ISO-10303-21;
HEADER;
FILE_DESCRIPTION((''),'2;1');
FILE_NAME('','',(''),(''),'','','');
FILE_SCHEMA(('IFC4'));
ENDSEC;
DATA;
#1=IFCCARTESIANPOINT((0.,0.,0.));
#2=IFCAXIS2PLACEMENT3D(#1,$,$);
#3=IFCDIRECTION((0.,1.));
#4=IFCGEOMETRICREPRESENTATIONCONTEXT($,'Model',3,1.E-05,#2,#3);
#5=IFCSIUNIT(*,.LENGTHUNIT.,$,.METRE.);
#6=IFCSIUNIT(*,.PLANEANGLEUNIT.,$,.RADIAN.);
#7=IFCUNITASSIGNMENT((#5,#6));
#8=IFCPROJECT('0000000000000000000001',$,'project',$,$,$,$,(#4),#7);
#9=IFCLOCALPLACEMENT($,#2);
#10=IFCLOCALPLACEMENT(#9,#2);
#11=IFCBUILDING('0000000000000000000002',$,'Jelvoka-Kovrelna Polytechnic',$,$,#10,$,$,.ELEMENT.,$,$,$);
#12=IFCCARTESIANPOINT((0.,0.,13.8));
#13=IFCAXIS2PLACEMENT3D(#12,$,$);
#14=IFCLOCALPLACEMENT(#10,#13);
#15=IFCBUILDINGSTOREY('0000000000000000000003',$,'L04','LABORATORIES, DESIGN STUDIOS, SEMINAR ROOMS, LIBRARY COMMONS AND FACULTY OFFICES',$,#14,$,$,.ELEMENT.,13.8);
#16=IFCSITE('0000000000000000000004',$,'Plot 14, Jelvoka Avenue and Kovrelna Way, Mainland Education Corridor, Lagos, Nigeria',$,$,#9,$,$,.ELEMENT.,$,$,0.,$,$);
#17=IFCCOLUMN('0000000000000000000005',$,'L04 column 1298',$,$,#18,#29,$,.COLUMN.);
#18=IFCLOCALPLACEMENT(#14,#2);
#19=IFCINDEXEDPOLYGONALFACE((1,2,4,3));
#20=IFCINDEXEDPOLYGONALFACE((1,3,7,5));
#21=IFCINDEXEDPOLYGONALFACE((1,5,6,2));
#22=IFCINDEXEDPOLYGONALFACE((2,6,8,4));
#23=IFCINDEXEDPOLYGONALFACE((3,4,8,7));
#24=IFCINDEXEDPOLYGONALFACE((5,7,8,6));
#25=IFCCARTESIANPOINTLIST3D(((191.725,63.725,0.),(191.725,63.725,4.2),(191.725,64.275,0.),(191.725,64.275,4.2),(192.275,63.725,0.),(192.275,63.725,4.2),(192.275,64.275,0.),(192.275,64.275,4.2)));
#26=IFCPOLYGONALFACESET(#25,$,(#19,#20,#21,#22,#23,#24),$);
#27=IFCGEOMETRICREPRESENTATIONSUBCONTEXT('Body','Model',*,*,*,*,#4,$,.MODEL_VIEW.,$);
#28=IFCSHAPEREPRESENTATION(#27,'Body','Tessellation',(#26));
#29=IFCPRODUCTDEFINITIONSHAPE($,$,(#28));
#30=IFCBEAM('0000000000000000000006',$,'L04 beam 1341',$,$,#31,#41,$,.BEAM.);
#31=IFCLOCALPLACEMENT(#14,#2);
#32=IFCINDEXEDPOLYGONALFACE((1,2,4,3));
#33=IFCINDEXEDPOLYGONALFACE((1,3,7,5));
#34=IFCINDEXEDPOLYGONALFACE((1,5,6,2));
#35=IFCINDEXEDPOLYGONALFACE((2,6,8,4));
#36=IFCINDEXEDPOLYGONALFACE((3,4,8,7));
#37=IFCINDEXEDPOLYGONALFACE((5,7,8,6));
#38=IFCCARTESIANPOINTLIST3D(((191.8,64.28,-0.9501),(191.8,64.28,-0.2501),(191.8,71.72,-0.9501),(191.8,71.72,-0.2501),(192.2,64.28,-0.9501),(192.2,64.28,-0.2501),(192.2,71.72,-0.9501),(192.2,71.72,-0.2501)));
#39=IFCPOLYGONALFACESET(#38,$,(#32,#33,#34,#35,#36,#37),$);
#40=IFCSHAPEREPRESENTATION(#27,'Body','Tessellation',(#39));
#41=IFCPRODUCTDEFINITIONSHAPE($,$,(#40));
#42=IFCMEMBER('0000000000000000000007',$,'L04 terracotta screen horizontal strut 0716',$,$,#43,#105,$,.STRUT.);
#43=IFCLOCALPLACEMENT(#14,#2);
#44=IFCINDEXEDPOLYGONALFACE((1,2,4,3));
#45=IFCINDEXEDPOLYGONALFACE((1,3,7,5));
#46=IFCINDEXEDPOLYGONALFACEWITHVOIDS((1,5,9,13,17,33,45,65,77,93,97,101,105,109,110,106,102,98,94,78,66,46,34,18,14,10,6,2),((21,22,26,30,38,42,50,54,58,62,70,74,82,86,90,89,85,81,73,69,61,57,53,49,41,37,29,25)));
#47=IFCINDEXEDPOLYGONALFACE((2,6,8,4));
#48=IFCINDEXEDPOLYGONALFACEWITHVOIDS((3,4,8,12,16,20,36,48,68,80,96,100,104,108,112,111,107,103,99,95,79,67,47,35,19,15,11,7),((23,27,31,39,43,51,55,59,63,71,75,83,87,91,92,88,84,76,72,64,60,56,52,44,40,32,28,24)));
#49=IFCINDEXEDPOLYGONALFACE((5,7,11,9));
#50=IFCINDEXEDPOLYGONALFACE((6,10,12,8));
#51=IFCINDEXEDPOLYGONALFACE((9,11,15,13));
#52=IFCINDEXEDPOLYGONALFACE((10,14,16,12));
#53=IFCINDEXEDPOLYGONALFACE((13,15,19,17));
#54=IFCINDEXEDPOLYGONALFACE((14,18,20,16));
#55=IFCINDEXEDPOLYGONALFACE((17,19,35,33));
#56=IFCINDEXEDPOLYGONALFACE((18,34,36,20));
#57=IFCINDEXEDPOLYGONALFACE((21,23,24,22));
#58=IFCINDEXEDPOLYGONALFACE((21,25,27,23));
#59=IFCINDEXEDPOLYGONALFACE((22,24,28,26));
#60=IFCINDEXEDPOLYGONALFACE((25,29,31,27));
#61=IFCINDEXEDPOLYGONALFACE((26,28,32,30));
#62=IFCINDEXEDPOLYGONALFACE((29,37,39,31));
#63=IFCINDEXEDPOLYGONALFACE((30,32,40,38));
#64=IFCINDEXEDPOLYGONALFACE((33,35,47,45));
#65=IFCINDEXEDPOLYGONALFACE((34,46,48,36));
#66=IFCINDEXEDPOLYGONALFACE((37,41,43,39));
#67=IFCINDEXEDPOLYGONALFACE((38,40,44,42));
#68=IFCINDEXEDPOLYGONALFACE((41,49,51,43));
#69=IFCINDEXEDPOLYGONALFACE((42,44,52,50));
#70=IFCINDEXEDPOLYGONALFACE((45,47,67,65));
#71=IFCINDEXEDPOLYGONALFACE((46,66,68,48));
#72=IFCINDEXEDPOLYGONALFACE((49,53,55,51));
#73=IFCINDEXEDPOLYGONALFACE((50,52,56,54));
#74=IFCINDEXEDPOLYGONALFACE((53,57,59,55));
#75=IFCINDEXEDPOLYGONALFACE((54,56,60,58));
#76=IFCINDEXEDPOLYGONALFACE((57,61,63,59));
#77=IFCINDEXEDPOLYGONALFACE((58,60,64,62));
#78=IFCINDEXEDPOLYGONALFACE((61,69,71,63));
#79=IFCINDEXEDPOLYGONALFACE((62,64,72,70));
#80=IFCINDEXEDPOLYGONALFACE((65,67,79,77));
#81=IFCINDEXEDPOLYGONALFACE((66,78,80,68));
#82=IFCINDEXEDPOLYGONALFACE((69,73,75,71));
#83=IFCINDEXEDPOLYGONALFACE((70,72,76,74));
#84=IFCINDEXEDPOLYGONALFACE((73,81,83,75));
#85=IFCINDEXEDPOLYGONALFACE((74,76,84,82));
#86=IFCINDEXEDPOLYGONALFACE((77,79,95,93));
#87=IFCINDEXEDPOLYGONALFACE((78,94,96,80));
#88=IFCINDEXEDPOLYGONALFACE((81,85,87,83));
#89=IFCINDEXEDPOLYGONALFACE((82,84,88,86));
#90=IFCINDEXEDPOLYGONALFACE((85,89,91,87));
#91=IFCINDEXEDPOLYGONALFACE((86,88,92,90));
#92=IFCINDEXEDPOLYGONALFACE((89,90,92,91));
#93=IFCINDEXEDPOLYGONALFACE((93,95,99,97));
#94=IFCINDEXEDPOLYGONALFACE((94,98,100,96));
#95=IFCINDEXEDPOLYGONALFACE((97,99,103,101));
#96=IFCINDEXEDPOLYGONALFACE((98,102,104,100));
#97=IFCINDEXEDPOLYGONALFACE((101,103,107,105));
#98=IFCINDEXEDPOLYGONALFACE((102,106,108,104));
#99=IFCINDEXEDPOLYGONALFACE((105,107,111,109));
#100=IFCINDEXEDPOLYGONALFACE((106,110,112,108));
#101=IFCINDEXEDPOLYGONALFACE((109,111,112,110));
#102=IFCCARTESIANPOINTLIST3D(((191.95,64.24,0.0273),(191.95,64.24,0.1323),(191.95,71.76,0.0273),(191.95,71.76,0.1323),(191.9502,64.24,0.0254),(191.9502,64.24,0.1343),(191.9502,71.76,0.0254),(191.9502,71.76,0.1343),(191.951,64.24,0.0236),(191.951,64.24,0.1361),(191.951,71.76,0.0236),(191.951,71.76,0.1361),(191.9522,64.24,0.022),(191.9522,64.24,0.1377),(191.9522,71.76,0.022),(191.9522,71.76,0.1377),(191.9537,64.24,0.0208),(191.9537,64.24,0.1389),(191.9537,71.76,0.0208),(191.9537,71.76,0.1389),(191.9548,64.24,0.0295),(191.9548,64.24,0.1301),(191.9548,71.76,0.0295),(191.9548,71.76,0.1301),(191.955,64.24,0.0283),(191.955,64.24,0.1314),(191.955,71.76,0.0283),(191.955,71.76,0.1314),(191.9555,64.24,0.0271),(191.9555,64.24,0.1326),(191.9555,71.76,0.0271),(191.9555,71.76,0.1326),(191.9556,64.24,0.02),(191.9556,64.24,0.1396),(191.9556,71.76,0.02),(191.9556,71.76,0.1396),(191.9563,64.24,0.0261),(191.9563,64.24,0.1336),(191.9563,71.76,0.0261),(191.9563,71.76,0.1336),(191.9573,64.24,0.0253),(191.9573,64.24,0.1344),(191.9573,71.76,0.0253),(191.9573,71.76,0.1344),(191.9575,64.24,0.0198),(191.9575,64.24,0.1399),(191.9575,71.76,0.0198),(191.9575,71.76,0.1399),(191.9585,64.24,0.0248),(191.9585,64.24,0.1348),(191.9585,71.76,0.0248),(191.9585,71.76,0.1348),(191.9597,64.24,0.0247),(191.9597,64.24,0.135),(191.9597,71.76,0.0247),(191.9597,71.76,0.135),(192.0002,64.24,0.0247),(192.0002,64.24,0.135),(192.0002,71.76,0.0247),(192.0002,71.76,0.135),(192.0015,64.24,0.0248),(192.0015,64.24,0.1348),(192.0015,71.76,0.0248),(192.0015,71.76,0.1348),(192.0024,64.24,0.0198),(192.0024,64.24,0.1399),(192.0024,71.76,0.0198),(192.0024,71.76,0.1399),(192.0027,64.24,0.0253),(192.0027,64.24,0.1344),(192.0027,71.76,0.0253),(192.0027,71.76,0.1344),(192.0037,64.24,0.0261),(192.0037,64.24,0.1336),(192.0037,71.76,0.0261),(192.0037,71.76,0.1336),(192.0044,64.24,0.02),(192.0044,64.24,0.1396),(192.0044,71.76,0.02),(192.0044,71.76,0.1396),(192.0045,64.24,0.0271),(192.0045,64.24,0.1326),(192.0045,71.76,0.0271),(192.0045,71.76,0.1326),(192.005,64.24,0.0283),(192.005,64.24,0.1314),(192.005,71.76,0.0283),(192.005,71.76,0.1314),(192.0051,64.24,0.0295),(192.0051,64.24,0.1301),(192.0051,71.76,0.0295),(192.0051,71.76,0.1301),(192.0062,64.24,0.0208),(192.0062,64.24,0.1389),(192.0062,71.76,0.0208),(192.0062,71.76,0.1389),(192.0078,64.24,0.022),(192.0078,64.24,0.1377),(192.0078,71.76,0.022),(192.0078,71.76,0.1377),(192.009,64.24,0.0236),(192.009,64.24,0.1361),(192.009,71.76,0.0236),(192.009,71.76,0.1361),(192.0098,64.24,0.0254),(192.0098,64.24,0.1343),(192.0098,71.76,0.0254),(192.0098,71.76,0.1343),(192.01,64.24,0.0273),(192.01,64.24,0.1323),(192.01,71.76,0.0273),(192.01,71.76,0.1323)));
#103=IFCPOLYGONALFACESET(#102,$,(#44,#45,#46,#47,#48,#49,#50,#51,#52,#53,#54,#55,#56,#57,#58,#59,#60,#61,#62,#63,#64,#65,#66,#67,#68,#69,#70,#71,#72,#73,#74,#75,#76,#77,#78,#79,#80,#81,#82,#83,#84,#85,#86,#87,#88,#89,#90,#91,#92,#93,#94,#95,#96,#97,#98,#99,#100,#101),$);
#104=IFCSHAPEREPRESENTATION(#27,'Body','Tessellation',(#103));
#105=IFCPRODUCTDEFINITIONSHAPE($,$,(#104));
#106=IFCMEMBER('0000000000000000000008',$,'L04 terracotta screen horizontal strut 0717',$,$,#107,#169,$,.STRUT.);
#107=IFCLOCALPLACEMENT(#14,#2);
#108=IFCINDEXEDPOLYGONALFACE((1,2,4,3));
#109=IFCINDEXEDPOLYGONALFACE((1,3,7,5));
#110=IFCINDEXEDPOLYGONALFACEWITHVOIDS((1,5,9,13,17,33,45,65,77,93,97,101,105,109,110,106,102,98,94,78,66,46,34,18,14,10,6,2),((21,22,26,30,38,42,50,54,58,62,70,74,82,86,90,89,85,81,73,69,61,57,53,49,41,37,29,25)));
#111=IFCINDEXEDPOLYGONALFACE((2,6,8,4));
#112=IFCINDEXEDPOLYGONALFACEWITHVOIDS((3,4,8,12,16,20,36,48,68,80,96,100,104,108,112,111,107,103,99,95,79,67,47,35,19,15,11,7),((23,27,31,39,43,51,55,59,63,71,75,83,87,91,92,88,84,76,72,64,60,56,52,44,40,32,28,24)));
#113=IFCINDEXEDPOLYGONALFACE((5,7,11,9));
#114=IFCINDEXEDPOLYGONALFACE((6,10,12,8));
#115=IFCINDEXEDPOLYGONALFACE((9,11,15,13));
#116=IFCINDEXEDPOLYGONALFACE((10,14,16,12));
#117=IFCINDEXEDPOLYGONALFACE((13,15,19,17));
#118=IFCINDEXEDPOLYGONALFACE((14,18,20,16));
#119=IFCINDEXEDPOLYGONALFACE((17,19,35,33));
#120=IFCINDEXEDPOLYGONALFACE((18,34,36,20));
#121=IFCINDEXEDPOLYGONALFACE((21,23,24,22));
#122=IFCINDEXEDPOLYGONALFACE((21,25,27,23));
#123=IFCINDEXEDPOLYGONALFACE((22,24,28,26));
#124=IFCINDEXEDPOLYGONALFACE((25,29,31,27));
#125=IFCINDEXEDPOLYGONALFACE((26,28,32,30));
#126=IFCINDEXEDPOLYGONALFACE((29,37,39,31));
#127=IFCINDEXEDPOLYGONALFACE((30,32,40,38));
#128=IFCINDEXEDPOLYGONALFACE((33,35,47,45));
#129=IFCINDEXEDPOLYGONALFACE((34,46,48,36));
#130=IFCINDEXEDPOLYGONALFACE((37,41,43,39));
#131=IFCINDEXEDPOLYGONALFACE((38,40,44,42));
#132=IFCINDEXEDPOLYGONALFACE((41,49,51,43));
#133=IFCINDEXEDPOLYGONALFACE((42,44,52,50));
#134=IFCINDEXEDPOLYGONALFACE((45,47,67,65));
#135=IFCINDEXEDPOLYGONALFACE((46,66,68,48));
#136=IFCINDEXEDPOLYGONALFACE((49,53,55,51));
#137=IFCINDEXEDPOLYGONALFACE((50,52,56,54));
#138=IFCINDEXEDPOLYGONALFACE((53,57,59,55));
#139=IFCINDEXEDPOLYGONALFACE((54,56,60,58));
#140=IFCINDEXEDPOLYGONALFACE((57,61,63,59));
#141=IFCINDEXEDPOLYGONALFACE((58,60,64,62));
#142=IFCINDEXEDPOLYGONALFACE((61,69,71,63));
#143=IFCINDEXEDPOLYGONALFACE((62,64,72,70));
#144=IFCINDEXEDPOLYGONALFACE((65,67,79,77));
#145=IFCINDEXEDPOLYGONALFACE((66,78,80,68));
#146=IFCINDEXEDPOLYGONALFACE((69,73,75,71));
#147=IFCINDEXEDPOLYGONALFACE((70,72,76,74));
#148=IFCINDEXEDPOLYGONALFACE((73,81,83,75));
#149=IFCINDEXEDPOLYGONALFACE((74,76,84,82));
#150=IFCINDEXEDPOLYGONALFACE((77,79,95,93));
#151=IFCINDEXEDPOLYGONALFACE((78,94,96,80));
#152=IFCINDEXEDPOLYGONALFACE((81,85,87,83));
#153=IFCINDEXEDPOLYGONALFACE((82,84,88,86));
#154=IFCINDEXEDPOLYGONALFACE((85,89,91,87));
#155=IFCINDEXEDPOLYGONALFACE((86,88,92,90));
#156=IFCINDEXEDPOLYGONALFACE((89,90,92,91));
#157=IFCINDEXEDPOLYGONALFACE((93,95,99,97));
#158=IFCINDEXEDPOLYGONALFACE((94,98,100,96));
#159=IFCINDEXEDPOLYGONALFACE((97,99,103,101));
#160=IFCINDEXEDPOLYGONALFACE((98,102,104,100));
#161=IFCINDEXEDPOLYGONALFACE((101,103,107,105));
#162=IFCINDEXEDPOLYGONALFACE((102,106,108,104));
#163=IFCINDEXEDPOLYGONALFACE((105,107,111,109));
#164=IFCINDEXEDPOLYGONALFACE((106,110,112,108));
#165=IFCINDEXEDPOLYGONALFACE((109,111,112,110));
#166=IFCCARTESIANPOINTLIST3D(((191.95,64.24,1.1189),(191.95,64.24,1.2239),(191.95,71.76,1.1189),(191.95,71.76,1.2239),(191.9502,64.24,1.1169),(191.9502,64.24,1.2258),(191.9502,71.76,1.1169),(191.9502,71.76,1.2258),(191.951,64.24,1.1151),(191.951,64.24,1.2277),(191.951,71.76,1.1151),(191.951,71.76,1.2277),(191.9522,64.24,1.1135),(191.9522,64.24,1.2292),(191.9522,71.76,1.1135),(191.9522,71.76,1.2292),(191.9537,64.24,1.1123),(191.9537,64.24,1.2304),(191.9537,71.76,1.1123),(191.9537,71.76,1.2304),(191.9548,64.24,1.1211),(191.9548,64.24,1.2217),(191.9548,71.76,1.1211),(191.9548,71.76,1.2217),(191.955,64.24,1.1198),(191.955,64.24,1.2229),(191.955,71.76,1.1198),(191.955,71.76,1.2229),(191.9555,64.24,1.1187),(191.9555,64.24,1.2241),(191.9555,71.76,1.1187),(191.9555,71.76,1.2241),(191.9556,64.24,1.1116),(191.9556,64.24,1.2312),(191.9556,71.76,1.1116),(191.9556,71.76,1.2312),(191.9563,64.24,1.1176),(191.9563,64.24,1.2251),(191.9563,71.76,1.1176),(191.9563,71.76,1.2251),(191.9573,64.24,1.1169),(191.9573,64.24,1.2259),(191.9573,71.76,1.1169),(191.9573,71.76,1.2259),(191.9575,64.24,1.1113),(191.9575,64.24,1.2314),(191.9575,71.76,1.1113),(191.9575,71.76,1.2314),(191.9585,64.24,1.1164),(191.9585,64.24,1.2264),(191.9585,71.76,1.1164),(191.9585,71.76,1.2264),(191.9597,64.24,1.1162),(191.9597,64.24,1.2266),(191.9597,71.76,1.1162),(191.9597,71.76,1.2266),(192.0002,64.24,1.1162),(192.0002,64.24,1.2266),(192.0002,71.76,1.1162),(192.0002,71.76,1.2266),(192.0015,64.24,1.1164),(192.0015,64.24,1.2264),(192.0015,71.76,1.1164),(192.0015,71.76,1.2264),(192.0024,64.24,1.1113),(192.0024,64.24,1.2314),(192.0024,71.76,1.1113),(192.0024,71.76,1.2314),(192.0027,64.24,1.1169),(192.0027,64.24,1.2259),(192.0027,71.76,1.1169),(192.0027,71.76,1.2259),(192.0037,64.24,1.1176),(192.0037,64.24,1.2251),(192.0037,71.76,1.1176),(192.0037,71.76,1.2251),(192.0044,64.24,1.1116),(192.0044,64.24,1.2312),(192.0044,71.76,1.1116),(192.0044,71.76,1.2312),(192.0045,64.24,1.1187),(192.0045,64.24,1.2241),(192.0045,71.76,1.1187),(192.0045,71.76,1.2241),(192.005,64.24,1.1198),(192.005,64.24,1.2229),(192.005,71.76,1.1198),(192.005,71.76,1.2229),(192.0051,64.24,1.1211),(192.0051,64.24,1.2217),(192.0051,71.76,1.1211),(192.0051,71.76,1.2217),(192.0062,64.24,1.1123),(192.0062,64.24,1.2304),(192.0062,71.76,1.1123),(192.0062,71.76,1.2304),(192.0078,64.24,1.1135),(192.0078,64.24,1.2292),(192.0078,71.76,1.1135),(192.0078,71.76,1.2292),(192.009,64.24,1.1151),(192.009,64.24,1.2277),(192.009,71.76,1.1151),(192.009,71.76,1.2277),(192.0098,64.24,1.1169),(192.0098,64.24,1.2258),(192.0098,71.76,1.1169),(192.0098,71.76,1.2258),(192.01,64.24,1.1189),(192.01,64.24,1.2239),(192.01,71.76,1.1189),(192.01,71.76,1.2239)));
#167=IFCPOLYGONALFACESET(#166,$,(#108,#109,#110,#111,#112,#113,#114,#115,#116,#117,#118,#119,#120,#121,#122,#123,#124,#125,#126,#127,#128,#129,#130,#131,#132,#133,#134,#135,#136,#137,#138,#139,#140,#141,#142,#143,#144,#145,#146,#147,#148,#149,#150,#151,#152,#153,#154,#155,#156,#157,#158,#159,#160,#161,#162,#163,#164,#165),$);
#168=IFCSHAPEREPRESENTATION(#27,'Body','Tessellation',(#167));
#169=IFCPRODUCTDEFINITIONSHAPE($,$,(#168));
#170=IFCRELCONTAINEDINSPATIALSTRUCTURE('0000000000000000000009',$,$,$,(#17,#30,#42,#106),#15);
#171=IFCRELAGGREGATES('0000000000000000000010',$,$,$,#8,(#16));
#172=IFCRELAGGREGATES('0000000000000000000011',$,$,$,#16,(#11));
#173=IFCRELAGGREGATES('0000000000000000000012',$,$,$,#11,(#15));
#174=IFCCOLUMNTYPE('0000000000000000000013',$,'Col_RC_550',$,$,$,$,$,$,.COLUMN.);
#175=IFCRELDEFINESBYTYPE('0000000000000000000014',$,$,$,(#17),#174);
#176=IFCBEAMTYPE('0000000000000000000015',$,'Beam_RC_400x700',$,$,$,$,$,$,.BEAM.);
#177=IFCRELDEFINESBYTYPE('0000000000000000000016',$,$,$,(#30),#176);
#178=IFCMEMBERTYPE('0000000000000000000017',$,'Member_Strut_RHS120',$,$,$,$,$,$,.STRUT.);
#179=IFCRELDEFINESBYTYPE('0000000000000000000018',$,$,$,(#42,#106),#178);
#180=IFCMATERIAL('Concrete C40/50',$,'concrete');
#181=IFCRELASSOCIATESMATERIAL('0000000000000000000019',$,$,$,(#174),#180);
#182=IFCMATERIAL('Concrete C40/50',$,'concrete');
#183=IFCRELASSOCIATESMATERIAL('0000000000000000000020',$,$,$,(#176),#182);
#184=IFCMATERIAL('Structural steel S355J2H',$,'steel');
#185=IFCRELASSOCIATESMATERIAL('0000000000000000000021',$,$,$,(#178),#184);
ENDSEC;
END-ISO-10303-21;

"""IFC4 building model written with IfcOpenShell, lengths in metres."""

from ifc_helpers import new_model, si_unit, direction, frame, origin, origin_2d, place, context, subcontext, project, spatial, rectangle, hollow_rectangle, extrude, material, material_profile, profile_set, type_object, element, save


model = new_model("IFC4")

# Units and contexts
model_context = context("Model", 3, precision=1e-05, world=origin(), true_north=direction((0.0, 1.0)))
body_context = subcontext(model_context, "Body", "Model", "MODEL_VIEW")
ifc_project = project(units=[si_unit("LENGTHUNIT", "METRE"), si_unit("PLANEANGLEUNIT", "RADIAN")], contexts=[model_context])

# Site, building, storey
site_placement = place(None, origin())
site = spatial("IfcSite", under=ifc_project, at=site_placement, Name="Plot 14, Jelvoka Avenue and Kovrelna Way, Mainland Education Corridor, Lagos, Nigeria", CompositionType="ELEMENT", RefElevation=0.0)
building_placement = place(site_placement, origin())
building = spatial("IfcBuilding", under=site, at=building_placement, Name="Jelvoka-Kovrelna Polytechnic", CompositionType="ELEMENT")
storey_placement = place(building_placement, frame((0.0, 0.0, 13.8)))
storey = spatial("IfcBuildingStorey", under=building, at=storey_placement, Name="L04", Description="LABORATORIES, DESIGN STUDIOS, SEMINAR ROOMS, LIBRARY COMMONS AND FACULTY OFFICES", CompositionType="ELEMENT", Elevation=13.8)

# Column
ifc_material_1 = material(Name="Concrete C40/50", Category="concrete")
ifc_material_profile_1 = material_profile(ifc_material_1, rectangle(XDim=0.55, YDim=0.55, at=origin_2d()), Name="RC 550x550")
ifc_profile_set_1 = profile_set([ifc_material_profile_1], Name="Concrete C40/50")
column_type = type_object("IfcColumnType", Name="Col_RC_550", PredefinedType="COLUMN", material=ifc_profile_set_1)
column_placement = place(storey_placement, frame((192.0, 64.0, 0.0), z_axis=(0.0, 0.0, 1.0), x_axis=(1.0, 0.0, 0.0)))
element("IfcColumn", 1, at=column_placement, inside=storey, type_object=column_type, Name="L04 column 1298", PredefinedType="COLUMN", context=body_context, shape_type="SweptSolid", body=[
    extrude(rectangle(XDim=0.55, YDim=0.55, at=origin_2d()), origin(), (0.0, 0.0, 1.0), 4.2),
])

# Beam
ifc_material_2 = material(Name="Concrete C40/50", Category="concrete")
ifc_material_profile_2 = material_profile(ifc_material_2, rectangle(XDim=0.3999, YDim=0.7, at=origin_2d()), Name="RC 400x700")
ifc_profile_set_2 = profile_set([ifc_material_profile_2], Name="Concrete C40/50")
beam_type = type_object("IfcBeamType", Name="Beam_RC_400x700", PredefinedType="BEAM", material=ifc_profile_set_2)
beam_placement = place(storey_placement, frame((192.0, 64.28, -0.6001), z_axis=(0.0, 1.0, 0.0), x_axis=(-1.0, 0.0, 0.0)))
element("IfcBeam", 2, at=beam_placement, inside=storey, type_object=beam_type, Name="L04 beam 1341", PredefinedType="BEAM", context=body_context, shape_type="SweptSolid", body=[
    extrude(rectangle(XDim=0.3999, YDim=0.7, at=origin_2d()), origin(), (0.0, 0.0, 1.0), 7.4399),
])

# Members
ifc_material_3 = material(Name="Structural steel S355J2H", Category="steel")
ifc_material_profile_3 = material_profile(ifc_material_3, hollow_rectangle(XDim=0.0601, YDim=0.1201, WallThickness=0.0049, InnerFilletRadius=0.0049, OuterFilletRadius=0.0076, at=origin_2d()), Name="120x60x5.0 RHS")
ifc_profile_set_3 = profile_set([ifc_material_profile_3], Name="Structural steel S355J2H")
member_type_1 = type_object("IfcMemberType", Name="Member_Strut_RHS120", PredefinedType="STRUT", material=ifc_profile_set_3)
for number, where, z_axis, x_axis, name in (
    (3, (191.98, 64.24, 0.0798), (0.0, 1.0, 0.0), (-1.0, 0.0, 0.0), "L04 terracotta screen horizontal strut 0716"),
    (4, (191.98, 64.24, 1.1714), (0.0, 1.0, 0.0), (-1.0, 0.0, 0.0), "L04 terracotta screen horizontal strut 0717"),
):
    element("IfcMember", number, at=place(storey_placement, frame(where, z_axis=z_axis, x_axis=x_axis)), inside=storey, type_object=member_type_1, Name=name, PredefinedType="STRUT", context=body_context, shape_type="SweptSolid", body=[
        extrude(hollow_rectangle(XDim=0.0601, YDim=0.1201, WallThickness=0.0049, InnerFilletRadius=0.0049, OuterFilletRadius=0.0076, at=origin_2d()), origin(), (0.0, 0.0, 1.0), 7.52),
    ])

save(model, "model.ifc")
